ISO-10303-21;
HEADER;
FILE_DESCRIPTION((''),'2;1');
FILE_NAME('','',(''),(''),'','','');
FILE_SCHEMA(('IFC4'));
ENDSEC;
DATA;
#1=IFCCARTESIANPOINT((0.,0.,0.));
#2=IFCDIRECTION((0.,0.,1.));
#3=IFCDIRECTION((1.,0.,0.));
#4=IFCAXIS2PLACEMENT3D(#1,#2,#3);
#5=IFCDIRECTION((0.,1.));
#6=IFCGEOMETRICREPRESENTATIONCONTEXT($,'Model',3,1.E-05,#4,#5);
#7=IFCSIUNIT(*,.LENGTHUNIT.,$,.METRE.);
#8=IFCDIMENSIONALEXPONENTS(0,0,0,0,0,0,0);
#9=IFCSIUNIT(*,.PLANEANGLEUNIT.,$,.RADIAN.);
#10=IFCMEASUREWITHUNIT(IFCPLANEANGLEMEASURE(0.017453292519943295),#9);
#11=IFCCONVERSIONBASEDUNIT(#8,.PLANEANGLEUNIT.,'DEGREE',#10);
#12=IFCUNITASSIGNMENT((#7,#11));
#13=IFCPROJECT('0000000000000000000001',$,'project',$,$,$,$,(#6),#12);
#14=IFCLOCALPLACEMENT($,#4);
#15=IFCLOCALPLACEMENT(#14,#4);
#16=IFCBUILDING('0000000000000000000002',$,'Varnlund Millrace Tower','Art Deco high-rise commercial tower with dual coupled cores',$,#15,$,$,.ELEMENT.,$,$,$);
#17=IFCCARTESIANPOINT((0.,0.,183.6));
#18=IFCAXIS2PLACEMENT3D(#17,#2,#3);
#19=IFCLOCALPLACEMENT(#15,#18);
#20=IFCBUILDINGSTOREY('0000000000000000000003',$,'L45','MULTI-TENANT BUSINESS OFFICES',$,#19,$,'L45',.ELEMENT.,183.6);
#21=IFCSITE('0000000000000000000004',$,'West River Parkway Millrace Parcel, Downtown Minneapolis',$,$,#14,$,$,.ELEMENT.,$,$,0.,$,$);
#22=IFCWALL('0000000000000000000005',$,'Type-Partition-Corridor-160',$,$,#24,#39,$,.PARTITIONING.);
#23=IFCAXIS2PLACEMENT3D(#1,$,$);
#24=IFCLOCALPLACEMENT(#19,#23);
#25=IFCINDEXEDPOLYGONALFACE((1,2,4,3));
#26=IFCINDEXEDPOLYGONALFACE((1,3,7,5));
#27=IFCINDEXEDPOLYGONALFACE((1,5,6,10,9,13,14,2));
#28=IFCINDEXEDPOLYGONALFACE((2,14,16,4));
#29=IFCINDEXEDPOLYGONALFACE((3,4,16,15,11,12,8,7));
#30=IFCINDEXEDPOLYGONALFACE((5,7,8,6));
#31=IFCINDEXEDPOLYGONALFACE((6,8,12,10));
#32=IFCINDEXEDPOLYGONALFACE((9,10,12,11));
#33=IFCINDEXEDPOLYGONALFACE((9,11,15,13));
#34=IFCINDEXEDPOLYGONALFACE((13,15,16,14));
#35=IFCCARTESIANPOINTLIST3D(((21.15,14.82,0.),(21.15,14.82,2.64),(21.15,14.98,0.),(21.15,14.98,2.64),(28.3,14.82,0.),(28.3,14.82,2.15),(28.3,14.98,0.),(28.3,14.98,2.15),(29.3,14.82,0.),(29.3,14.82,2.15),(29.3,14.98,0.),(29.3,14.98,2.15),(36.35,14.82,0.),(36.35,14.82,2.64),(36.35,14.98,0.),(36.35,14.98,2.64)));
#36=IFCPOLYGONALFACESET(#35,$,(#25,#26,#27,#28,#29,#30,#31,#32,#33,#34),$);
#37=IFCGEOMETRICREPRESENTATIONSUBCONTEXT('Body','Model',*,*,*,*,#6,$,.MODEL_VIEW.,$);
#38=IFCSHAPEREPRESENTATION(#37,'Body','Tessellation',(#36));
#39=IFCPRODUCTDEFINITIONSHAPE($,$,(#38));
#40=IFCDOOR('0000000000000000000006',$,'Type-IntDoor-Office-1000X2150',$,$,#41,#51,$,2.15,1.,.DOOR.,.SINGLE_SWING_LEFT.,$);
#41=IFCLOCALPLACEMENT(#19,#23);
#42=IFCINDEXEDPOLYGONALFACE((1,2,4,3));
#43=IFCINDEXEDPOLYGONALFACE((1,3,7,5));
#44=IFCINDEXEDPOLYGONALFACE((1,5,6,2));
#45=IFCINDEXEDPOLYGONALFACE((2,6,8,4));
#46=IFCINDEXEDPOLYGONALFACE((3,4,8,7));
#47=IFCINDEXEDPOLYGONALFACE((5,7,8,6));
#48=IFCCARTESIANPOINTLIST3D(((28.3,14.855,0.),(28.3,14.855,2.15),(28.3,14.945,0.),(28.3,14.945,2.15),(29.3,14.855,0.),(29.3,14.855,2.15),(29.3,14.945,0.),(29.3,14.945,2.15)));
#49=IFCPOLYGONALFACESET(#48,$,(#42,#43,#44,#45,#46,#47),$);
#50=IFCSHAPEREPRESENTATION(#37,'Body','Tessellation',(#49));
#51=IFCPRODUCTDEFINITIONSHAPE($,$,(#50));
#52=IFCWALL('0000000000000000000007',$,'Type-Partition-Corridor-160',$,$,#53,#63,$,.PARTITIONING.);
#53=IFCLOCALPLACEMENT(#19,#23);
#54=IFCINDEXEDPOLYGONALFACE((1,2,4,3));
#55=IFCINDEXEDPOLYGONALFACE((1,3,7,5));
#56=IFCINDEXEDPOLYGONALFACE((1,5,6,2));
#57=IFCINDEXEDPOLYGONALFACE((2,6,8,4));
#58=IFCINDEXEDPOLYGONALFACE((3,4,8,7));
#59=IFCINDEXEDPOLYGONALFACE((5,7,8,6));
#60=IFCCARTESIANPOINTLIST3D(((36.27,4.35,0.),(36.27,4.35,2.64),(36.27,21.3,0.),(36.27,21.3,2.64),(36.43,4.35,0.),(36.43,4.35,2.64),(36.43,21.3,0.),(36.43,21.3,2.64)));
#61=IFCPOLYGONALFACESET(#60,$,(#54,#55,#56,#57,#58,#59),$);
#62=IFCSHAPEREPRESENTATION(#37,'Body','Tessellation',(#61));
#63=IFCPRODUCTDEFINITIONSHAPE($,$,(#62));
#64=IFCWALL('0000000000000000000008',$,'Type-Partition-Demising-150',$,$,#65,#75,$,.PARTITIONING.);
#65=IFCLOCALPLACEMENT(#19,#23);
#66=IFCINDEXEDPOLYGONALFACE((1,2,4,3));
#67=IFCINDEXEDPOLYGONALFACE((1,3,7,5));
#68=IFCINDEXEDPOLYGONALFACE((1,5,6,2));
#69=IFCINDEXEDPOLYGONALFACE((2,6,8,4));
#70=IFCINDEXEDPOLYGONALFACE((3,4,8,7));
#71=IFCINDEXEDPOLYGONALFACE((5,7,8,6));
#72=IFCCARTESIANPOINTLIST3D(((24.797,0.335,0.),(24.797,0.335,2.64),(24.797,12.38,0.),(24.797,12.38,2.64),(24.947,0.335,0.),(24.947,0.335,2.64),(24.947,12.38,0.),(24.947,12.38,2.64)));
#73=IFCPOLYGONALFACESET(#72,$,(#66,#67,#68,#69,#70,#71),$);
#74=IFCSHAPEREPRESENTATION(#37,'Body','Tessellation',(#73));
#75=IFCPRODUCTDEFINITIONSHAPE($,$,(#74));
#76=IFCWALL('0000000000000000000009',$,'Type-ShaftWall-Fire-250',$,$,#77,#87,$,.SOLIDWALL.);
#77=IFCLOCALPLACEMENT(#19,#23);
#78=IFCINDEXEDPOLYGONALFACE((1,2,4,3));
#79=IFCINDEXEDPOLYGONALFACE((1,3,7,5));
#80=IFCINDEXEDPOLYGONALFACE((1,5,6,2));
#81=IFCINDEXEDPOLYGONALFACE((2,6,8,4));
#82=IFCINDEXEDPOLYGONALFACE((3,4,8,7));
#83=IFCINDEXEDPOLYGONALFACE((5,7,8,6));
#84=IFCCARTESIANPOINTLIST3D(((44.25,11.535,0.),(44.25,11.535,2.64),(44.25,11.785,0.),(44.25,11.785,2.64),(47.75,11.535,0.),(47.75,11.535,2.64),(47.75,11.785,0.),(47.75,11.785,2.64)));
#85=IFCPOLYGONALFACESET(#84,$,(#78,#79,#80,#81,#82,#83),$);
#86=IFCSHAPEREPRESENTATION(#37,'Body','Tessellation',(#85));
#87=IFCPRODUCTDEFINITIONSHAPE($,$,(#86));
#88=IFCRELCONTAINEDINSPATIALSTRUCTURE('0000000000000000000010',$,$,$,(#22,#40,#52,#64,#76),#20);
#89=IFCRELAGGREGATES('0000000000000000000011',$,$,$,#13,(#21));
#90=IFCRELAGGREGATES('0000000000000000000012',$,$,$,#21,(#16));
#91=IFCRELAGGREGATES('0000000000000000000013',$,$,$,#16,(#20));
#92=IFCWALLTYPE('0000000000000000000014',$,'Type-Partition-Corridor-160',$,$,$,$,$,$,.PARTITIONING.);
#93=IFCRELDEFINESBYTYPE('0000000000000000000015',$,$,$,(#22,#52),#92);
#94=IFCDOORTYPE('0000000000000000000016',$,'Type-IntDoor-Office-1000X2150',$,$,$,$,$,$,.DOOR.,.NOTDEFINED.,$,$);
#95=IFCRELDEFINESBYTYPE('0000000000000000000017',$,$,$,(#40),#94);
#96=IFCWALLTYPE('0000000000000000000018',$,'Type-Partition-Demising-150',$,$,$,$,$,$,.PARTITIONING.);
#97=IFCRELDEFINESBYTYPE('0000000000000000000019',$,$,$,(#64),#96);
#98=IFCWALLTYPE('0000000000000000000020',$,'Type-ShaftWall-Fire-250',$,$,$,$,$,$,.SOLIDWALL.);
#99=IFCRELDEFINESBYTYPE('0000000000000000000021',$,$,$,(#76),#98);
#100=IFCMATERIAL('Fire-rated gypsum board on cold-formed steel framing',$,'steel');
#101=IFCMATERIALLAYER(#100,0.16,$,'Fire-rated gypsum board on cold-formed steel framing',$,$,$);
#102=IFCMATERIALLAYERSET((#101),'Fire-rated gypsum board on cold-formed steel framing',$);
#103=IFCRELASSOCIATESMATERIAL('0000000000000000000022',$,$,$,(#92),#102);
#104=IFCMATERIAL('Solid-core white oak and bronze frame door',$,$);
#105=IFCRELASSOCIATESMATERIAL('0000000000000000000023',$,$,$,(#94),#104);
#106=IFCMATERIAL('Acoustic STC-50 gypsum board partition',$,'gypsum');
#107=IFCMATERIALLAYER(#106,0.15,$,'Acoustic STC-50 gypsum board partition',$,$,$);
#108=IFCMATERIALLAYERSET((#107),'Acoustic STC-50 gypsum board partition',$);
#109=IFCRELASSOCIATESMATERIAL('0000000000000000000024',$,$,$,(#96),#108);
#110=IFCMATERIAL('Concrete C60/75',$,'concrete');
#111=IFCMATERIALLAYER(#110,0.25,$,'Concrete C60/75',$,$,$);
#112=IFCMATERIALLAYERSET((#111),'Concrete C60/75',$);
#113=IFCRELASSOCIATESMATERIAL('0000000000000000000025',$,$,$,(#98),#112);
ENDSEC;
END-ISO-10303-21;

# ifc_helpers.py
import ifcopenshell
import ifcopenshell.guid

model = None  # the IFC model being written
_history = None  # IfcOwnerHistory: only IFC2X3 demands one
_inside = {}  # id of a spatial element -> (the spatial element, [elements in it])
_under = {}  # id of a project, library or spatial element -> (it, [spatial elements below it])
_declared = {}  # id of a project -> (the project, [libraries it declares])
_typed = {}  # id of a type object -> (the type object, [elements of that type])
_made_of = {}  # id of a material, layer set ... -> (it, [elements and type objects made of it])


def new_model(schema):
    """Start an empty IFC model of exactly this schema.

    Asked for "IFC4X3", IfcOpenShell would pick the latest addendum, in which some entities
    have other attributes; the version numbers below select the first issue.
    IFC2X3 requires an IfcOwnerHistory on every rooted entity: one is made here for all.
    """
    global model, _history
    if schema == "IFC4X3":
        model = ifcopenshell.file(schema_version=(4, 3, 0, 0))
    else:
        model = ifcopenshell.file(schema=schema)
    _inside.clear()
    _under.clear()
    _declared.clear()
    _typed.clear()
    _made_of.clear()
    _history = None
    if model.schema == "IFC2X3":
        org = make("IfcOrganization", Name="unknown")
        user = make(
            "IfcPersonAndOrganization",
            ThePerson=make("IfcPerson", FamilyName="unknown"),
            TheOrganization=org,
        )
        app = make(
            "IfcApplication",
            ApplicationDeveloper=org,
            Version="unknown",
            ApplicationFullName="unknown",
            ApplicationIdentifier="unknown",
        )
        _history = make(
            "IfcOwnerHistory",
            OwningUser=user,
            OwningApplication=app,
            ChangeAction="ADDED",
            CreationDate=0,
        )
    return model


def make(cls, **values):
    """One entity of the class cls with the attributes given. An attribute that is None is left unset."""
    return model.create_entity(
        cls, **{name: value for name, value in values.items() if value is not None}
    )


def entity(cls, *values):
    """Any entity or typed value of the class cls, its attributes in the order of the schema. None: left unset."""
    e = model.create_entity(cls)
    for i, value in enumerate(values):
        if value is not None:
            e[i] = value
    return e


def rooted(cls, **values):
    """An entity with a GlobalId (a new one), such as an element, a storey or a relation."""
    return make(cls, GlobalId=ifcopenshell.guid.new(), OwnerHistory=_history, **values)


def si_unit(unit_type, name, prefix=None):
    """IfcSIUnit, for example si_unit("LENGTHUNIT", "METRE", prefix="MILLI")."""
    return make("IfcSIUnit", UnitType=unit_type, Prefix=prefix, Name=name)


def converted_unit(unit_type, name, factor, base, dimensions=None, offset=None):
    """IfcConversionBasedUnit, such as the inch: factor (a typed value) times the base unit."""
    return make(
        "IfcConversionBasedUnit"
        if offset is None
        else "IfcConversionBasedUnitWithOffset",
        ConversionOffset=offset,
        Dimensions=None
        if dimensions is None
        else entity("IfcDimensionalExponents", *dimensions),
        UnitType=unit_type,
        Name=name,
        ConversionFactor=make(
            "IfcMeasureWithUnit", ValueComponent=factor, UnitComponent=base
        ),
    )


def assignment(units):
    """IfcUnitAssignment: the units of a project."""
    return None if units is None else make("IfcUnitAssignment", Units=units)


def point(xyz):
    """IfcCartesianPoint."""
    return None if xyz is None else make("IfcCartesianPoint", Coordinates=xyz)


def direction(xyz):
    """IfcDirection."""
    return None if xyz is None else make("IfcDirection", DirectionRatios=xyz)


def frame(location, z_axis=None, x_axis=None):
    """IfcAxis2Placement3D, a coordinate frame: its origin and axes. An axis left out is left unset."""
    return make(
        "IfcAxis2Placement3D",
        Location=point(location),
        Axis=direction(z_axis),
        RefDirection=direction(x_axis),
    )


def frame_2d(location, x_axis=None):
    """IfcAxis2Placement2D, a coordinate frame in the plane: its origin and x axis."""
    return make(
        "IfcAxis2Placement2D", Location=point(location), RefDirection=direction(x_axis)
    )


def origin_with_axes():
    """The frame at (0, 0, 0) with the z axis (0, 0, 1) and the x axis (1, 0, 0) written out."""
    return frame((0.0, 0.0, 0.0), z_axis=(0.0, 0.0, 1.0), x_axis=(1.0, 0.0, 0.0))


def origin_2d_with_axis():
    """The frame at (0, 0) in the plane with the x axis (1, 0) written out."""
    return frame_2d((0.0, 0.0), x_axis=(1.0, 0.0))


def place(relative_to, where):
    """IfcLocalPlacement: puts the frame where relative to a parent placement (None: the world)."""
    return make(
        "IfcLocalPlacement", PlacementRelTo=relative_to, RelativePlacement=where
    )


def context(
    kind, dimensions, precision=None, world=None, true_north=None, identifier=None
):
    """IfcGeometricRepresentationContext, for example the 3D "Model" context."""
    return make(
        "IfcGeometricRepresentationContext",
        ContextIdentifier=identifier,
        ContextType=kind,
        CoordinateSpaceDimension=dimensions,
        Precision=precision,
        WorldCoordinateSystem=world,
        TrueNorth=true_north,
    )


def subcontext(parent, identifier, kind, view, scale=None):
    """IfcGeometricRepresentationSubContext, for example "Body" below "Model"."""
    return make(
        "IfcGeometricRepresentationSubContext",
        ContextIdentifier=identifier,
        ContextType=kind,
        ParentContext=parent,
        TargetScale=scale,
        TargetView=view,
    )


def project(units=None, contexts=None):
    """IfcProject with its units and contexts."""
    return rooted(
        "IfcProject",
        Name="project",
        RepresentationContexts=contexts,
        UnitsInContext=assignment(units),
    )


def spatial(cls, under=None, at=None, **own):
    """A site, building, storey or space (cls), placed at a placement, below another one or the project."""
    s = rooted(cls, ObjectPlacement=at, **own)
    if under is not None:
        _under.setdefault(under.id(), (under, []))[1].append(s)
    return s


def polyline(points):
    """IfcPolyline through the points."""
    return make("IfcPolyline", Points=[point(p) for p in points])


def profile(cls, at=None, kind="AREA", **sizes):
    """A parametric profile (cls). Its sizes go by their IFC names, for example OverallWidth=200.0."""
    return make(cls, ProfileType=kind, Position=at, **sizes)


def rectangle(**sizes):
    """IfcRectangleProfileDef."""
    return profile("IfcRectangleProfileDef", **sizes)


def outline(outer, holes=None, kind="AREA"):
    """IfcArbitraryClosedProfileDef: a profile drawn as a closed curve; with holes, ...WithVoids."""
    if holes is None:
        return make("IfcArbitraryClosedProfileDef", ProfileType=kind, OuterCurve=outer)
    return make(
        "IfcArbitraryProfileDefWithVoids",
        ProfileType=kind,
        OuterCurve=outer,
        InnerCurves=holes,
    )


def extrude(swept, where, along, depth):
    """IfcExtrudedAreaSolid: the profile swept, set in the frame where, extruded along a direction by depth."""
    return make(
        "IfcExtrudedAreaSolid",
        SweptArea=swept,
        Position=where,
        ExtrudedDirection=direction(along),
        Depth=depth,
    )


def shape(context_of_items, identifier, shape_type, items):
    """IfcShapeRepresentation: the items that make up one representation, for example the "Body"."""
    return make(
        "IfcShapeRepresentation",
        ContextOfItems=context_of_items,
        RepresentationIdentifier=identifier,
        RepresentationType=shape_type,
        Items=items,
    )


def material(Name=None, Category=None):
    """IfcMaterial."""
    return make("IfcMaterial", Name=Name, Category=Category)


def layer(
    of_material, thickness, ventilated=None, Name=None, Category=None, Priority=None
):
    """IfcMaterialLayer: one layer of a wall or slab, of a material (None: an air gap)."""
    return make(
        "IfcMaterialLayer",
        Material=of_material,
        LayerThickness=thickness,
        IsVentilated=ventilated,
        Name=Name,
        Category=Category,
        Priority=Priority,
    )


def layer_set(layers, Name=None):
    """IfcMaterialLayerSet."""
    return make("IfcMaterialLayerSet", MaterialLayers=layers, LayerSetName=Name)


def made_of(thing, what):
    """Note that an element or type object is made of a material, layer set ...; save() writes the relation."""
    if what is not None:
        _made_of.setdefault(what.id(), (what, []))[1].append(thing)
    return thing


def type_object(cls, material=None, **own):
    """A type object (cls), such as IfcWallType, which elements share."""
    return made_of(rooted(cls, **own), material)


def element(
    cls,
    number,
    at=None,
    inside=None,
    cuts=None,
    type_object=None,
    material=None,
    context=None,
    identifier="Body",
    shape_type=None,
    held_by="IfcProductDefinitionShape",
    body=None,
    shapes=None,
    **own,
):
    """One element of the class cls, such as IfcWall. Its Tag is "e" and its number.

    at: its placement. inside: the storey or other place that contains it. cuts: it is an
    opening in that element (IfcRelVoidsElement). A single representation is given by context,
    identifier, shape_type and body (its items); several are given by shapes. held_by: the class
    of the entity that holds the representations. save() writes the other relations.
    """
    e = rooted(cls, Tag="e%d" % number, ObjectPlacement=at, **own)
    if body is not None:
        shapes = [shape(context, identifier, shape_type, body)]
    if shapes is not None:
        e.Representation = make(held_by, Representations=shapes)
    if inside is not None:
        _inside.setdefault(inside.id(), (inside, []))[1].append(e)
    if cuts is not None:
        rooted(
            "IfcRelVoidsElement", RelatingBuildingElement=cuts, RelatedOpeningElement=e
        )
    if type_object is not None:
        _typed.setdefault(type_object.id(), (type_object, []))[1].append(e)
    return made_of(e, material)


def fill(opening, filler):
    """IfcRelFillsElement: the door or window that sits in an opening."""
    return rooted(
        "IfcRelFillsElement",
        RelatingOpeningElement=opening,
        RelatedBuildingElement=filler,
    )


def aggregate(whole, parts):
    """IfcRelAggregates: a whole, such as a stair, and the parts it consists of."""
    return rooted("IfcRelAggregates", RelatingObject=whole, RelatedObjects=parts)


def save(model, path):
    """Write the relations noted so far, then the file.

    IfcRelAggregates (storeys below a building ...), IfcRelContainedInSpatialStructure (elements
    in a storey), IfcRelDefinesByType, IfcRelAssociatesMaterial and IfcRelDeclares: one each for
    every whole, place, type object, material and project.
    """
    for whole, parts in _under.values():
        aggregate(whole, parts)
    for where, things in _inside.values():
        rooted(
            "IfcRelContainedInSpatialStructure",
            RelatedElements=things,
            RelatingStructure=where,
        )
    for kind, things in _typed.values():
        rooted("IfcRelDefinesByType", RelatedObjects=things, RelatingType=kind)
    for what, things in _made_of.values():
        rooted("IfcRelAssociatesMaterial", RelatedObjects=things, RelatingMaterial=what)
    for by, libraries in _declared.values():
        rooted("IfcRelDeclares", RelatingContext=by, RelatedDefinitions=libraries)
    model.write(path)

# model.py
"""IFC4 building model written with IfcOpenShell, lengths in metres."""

from ifc_helpers import new_model, entity, si_unit, converted_unit, direction, frame, origin_with_axes, origin_2d_with_axis, place, context, subcontext, project, spatial, polyline, rectangle, outline, extrude, material, layer, layer_set, type_object, element, fill, save


model = new_model("IFC4")

# Units and contexts
model_context = context("Model", 3, precision=1e-05, world=origin_with_axes(), true_north=direction((0.0, 1.0)))
body_context = subcontext(model_context, "Body", "Model", "MODEL_VIEW")
ifc_project = project(units=[si_unit("LENGTHUNIT", "METRE"), converted_unit("PLANEANGLEUNIT", "DEGREE", entity("IfcPlaneAngleMeasure", 0.017453292519943295), si_unit("PLANEANGLEUNIT", "RADIAN"), dimensions=[0, 0, 0, 0, 0, 0, 0])], contexts=[model_context])

# Site, building, storey
site_placement = place(None, origin_with_axes())
site = spatial("IfcSite", under=ifc_project, at=site_placement, Name="West River Parkway Millrace Parcel, Downtown Minneapolis", CompositionType="ELEMENT", RefElevation=0.0)
building_placement = place(site_placement, origin_with_axes())
building = spatial("IfcBuilding", under=site, at=building_placement, Name="Varnlund Millrace Tower", Description="Art Deco high-rise commercial tower with dual coupled cores", CompositionType="ELEMENT")
storey_placement = place(building_placement, frame((0.0, 0.0, 183.6), z_axis=(0.0, 0.0, 1.0), x_axis=(1.0, 0.0, 0.0)))
storey = spatial("IfcBuildingStorey", under=building, at=storey_placement, Name="L45", Description="MULTI-TENANT BUSINESS OFFICES", LongName="L45", CompositionType="ELEMENT", Elevation=183.6)

# Shared definitions
ifc_material_1 = material(Name="Fire-rated gypsum board on cold-formed steel framing", Category="steel")
ifc_layer_1 = layer(ifc_material_1, 0.16, Name="Fire-rated gypsum board on cold-formed steel framing")
ifc_layer_set_1 = layer_set([ifc_layer_1], Name="Fire-rated gypsum board on cold-formed steel framing")
wall_type_1 = type_object("IfcWallType", Name="Type-Partition-Corridor-160", PredefinedType="PARTITIONING", material=ifc_layer_set_1)
ifc_material_2 = material(Name="Solid-core white oak and bronze frame door")
door_type_1 = type_object("IfcDoorType", Name="Type-IntDoor-Office-1000X2150", OperationType="NOTDEFINED", PredefinedType="DOOR", material=ifc_material_2)

# Wall, opening, door
wall_1_placement = place(storey_placement, frame((21.15, 14.9, 0.0), z_axis=(0.0, 0.0, 1.0), x_axis=(1.0, 0.0, 0.0)))
wall_1 = element("IfcWall", 1, at=wall_1_placement, inside=storey, type_object=wall_type_1, Name="Type-Partition-Corridor-160", PredefinedType="PARTITIONING", context=body_context, shape_type="SweptSolid", body=[
    extrude(outline(polyline([(0.0, -0.08), (15.2, -0.08), (15.2, 0.08), (0.0, 0.08), (0.0, -0.08)])), origin_with_axes(), (0.0, 0.0, 1.0), 2.64),
])
opening_1_placement = place(wall_1_placement, frame((7.65, 0.0, 0.0), z_axis=(0.0, 0.0, 1.0), x_axis=(1.0, 0.0, 0.0)))
opening_1 = element("IfcOpeningElement", 2, at=opening_1_placement, cuts=wall_1, PredefinedType="OPENING", context=body_context, shape_type="SweptSolid", body=[
    extrude(rectangle(XDim=1.0, YDim=0.18, at=origin_2d_with_axis()), origin_with_axes(), (0.0, 0.0, 1.0), 2.15),
])
door_1_placement = place(wall_1_placement, frame((7.65, 0.0, 0.0), z_axis=(0.0, 0.0, 1.0), x_axis=(1.0, 0.0, 0.0)))
door_1 = element("IfcDoor", 3, at=door_1_placement, inside=storey, type_object=door_type_1, Name="Type-IntDoor-Office-1000X2150", OperationType="SINGLE_SWING_LEFT", OverallHeight=2.15, OverallWidth=1.0, PredefinedType="DOOR", context=body_context, shape_type="SweptSolid", body=[
    extrude(rectangle(XDim=1.0, YDim=0.09, at=origin_2d_with_axis()), origin_with_axes(), (0.0, 0.0, 1.0), 2.15),
])
fill(opening_1, door_1)

# Walls
wall_2_placement = place(storey_placement, frame((36.35, 4.35, 0.0), z_axis=(0.0, 0.0, 1.0), x_axis=(0.0, 1.0, 0.0)))
element("IfcWall", 4, at=wall_2_placement, inside=storey, type_object=wall_type_1, Name="Type-Partition-Corridor-160", PredefinedType="PARTITIONING", context=body_context, shape_type="SweptSolid", body=[
    extrude(outline(polyline([(0.0, -0.08), (16.95, -0.08), (16.95, 0.08), (0.0, 0.08), (0.0, -0.08)])), origin_with_axes(), (0.0, 0.0, 1.0), 2.64),
])
ifc_material_3 = material(Name="Acoustic STC-50 gypsum board partition", Category="gypsum")
ifc_layer_2 = layer(ifc_material_3, 0.15, Name="Acoustic STC-50 gypsum board partition")
ifc_layer_set_2 = layer_set([ifc_layer_2], Name="Acoustic STC-50 gypsum board partition")
wall_type_2 = type_object("IfcWallType", Name="Type-Partition-Demising-150", PredefinedType="PARTITIONING", material=ifc_layer_set_2)
wall_3_placement = place(storey_placement, frame((24.872, 0.335, 0.0), z_axis=(0.0, 0.0, 1.0), x_axis=(0.0, 1.0, 0.0)))
element("IfcWall", 5, at=wall_3_placement, inside=storey, type_object=wall_type_2, Name="Type-Partition-Demising-150", PredefinedType="PARTITIONING", context=body_context, shape_type="SweptSolid", body=[
    extrude(outline(polyline([(0.0, -0.075), (12.045, -0.075), (12.045, 0.075), (0.0, 0.075), (0.0, -0.075)])), origin_with_axes(), (0.0, 0.0, 1.0), 2.64),
])
ifc_material_4 = material(Name="Concrete C60/75", Category="concrete")
ifc_layer_3 = layer(ifc_material_4, 0.25, Name="Concrete C60/75")
ifc_layer_set_3 = layer_set([ifc_layer_3], Name="Concrete C60/75")
wall_type_3 = type_object("IfcWallType", Name="Type-ShaftWall-Fire-250", PredefinedType="SOLIDWALL", material=ifc_layer_set_3)
wall_4_placement = place(storey_placement, frame((44.25, 11.66, 0.0), z_axis=(0.0, 0.0, 1.0), x_axis=(1.0, 0.0, 0.0)))
element("IfcWall", 6, at=wall_4_placement, inside=storey, type_object=wall_type_3, Name="Type-ShaftWall-Fire-250", PredefinedType="SOLIDWALL", context=body_context, shape_type="SweptSolid", body=[
    extrude(outline(polyline([(0.0, -0.125), (3.5, -0.125), (3.5, 0.125), (0.0, 0.125), (0.0, -0.125)])), origin_with_axes(), (0.0, 0.0, 1.0), 2.64),
])

save(model, "model.ifc")
